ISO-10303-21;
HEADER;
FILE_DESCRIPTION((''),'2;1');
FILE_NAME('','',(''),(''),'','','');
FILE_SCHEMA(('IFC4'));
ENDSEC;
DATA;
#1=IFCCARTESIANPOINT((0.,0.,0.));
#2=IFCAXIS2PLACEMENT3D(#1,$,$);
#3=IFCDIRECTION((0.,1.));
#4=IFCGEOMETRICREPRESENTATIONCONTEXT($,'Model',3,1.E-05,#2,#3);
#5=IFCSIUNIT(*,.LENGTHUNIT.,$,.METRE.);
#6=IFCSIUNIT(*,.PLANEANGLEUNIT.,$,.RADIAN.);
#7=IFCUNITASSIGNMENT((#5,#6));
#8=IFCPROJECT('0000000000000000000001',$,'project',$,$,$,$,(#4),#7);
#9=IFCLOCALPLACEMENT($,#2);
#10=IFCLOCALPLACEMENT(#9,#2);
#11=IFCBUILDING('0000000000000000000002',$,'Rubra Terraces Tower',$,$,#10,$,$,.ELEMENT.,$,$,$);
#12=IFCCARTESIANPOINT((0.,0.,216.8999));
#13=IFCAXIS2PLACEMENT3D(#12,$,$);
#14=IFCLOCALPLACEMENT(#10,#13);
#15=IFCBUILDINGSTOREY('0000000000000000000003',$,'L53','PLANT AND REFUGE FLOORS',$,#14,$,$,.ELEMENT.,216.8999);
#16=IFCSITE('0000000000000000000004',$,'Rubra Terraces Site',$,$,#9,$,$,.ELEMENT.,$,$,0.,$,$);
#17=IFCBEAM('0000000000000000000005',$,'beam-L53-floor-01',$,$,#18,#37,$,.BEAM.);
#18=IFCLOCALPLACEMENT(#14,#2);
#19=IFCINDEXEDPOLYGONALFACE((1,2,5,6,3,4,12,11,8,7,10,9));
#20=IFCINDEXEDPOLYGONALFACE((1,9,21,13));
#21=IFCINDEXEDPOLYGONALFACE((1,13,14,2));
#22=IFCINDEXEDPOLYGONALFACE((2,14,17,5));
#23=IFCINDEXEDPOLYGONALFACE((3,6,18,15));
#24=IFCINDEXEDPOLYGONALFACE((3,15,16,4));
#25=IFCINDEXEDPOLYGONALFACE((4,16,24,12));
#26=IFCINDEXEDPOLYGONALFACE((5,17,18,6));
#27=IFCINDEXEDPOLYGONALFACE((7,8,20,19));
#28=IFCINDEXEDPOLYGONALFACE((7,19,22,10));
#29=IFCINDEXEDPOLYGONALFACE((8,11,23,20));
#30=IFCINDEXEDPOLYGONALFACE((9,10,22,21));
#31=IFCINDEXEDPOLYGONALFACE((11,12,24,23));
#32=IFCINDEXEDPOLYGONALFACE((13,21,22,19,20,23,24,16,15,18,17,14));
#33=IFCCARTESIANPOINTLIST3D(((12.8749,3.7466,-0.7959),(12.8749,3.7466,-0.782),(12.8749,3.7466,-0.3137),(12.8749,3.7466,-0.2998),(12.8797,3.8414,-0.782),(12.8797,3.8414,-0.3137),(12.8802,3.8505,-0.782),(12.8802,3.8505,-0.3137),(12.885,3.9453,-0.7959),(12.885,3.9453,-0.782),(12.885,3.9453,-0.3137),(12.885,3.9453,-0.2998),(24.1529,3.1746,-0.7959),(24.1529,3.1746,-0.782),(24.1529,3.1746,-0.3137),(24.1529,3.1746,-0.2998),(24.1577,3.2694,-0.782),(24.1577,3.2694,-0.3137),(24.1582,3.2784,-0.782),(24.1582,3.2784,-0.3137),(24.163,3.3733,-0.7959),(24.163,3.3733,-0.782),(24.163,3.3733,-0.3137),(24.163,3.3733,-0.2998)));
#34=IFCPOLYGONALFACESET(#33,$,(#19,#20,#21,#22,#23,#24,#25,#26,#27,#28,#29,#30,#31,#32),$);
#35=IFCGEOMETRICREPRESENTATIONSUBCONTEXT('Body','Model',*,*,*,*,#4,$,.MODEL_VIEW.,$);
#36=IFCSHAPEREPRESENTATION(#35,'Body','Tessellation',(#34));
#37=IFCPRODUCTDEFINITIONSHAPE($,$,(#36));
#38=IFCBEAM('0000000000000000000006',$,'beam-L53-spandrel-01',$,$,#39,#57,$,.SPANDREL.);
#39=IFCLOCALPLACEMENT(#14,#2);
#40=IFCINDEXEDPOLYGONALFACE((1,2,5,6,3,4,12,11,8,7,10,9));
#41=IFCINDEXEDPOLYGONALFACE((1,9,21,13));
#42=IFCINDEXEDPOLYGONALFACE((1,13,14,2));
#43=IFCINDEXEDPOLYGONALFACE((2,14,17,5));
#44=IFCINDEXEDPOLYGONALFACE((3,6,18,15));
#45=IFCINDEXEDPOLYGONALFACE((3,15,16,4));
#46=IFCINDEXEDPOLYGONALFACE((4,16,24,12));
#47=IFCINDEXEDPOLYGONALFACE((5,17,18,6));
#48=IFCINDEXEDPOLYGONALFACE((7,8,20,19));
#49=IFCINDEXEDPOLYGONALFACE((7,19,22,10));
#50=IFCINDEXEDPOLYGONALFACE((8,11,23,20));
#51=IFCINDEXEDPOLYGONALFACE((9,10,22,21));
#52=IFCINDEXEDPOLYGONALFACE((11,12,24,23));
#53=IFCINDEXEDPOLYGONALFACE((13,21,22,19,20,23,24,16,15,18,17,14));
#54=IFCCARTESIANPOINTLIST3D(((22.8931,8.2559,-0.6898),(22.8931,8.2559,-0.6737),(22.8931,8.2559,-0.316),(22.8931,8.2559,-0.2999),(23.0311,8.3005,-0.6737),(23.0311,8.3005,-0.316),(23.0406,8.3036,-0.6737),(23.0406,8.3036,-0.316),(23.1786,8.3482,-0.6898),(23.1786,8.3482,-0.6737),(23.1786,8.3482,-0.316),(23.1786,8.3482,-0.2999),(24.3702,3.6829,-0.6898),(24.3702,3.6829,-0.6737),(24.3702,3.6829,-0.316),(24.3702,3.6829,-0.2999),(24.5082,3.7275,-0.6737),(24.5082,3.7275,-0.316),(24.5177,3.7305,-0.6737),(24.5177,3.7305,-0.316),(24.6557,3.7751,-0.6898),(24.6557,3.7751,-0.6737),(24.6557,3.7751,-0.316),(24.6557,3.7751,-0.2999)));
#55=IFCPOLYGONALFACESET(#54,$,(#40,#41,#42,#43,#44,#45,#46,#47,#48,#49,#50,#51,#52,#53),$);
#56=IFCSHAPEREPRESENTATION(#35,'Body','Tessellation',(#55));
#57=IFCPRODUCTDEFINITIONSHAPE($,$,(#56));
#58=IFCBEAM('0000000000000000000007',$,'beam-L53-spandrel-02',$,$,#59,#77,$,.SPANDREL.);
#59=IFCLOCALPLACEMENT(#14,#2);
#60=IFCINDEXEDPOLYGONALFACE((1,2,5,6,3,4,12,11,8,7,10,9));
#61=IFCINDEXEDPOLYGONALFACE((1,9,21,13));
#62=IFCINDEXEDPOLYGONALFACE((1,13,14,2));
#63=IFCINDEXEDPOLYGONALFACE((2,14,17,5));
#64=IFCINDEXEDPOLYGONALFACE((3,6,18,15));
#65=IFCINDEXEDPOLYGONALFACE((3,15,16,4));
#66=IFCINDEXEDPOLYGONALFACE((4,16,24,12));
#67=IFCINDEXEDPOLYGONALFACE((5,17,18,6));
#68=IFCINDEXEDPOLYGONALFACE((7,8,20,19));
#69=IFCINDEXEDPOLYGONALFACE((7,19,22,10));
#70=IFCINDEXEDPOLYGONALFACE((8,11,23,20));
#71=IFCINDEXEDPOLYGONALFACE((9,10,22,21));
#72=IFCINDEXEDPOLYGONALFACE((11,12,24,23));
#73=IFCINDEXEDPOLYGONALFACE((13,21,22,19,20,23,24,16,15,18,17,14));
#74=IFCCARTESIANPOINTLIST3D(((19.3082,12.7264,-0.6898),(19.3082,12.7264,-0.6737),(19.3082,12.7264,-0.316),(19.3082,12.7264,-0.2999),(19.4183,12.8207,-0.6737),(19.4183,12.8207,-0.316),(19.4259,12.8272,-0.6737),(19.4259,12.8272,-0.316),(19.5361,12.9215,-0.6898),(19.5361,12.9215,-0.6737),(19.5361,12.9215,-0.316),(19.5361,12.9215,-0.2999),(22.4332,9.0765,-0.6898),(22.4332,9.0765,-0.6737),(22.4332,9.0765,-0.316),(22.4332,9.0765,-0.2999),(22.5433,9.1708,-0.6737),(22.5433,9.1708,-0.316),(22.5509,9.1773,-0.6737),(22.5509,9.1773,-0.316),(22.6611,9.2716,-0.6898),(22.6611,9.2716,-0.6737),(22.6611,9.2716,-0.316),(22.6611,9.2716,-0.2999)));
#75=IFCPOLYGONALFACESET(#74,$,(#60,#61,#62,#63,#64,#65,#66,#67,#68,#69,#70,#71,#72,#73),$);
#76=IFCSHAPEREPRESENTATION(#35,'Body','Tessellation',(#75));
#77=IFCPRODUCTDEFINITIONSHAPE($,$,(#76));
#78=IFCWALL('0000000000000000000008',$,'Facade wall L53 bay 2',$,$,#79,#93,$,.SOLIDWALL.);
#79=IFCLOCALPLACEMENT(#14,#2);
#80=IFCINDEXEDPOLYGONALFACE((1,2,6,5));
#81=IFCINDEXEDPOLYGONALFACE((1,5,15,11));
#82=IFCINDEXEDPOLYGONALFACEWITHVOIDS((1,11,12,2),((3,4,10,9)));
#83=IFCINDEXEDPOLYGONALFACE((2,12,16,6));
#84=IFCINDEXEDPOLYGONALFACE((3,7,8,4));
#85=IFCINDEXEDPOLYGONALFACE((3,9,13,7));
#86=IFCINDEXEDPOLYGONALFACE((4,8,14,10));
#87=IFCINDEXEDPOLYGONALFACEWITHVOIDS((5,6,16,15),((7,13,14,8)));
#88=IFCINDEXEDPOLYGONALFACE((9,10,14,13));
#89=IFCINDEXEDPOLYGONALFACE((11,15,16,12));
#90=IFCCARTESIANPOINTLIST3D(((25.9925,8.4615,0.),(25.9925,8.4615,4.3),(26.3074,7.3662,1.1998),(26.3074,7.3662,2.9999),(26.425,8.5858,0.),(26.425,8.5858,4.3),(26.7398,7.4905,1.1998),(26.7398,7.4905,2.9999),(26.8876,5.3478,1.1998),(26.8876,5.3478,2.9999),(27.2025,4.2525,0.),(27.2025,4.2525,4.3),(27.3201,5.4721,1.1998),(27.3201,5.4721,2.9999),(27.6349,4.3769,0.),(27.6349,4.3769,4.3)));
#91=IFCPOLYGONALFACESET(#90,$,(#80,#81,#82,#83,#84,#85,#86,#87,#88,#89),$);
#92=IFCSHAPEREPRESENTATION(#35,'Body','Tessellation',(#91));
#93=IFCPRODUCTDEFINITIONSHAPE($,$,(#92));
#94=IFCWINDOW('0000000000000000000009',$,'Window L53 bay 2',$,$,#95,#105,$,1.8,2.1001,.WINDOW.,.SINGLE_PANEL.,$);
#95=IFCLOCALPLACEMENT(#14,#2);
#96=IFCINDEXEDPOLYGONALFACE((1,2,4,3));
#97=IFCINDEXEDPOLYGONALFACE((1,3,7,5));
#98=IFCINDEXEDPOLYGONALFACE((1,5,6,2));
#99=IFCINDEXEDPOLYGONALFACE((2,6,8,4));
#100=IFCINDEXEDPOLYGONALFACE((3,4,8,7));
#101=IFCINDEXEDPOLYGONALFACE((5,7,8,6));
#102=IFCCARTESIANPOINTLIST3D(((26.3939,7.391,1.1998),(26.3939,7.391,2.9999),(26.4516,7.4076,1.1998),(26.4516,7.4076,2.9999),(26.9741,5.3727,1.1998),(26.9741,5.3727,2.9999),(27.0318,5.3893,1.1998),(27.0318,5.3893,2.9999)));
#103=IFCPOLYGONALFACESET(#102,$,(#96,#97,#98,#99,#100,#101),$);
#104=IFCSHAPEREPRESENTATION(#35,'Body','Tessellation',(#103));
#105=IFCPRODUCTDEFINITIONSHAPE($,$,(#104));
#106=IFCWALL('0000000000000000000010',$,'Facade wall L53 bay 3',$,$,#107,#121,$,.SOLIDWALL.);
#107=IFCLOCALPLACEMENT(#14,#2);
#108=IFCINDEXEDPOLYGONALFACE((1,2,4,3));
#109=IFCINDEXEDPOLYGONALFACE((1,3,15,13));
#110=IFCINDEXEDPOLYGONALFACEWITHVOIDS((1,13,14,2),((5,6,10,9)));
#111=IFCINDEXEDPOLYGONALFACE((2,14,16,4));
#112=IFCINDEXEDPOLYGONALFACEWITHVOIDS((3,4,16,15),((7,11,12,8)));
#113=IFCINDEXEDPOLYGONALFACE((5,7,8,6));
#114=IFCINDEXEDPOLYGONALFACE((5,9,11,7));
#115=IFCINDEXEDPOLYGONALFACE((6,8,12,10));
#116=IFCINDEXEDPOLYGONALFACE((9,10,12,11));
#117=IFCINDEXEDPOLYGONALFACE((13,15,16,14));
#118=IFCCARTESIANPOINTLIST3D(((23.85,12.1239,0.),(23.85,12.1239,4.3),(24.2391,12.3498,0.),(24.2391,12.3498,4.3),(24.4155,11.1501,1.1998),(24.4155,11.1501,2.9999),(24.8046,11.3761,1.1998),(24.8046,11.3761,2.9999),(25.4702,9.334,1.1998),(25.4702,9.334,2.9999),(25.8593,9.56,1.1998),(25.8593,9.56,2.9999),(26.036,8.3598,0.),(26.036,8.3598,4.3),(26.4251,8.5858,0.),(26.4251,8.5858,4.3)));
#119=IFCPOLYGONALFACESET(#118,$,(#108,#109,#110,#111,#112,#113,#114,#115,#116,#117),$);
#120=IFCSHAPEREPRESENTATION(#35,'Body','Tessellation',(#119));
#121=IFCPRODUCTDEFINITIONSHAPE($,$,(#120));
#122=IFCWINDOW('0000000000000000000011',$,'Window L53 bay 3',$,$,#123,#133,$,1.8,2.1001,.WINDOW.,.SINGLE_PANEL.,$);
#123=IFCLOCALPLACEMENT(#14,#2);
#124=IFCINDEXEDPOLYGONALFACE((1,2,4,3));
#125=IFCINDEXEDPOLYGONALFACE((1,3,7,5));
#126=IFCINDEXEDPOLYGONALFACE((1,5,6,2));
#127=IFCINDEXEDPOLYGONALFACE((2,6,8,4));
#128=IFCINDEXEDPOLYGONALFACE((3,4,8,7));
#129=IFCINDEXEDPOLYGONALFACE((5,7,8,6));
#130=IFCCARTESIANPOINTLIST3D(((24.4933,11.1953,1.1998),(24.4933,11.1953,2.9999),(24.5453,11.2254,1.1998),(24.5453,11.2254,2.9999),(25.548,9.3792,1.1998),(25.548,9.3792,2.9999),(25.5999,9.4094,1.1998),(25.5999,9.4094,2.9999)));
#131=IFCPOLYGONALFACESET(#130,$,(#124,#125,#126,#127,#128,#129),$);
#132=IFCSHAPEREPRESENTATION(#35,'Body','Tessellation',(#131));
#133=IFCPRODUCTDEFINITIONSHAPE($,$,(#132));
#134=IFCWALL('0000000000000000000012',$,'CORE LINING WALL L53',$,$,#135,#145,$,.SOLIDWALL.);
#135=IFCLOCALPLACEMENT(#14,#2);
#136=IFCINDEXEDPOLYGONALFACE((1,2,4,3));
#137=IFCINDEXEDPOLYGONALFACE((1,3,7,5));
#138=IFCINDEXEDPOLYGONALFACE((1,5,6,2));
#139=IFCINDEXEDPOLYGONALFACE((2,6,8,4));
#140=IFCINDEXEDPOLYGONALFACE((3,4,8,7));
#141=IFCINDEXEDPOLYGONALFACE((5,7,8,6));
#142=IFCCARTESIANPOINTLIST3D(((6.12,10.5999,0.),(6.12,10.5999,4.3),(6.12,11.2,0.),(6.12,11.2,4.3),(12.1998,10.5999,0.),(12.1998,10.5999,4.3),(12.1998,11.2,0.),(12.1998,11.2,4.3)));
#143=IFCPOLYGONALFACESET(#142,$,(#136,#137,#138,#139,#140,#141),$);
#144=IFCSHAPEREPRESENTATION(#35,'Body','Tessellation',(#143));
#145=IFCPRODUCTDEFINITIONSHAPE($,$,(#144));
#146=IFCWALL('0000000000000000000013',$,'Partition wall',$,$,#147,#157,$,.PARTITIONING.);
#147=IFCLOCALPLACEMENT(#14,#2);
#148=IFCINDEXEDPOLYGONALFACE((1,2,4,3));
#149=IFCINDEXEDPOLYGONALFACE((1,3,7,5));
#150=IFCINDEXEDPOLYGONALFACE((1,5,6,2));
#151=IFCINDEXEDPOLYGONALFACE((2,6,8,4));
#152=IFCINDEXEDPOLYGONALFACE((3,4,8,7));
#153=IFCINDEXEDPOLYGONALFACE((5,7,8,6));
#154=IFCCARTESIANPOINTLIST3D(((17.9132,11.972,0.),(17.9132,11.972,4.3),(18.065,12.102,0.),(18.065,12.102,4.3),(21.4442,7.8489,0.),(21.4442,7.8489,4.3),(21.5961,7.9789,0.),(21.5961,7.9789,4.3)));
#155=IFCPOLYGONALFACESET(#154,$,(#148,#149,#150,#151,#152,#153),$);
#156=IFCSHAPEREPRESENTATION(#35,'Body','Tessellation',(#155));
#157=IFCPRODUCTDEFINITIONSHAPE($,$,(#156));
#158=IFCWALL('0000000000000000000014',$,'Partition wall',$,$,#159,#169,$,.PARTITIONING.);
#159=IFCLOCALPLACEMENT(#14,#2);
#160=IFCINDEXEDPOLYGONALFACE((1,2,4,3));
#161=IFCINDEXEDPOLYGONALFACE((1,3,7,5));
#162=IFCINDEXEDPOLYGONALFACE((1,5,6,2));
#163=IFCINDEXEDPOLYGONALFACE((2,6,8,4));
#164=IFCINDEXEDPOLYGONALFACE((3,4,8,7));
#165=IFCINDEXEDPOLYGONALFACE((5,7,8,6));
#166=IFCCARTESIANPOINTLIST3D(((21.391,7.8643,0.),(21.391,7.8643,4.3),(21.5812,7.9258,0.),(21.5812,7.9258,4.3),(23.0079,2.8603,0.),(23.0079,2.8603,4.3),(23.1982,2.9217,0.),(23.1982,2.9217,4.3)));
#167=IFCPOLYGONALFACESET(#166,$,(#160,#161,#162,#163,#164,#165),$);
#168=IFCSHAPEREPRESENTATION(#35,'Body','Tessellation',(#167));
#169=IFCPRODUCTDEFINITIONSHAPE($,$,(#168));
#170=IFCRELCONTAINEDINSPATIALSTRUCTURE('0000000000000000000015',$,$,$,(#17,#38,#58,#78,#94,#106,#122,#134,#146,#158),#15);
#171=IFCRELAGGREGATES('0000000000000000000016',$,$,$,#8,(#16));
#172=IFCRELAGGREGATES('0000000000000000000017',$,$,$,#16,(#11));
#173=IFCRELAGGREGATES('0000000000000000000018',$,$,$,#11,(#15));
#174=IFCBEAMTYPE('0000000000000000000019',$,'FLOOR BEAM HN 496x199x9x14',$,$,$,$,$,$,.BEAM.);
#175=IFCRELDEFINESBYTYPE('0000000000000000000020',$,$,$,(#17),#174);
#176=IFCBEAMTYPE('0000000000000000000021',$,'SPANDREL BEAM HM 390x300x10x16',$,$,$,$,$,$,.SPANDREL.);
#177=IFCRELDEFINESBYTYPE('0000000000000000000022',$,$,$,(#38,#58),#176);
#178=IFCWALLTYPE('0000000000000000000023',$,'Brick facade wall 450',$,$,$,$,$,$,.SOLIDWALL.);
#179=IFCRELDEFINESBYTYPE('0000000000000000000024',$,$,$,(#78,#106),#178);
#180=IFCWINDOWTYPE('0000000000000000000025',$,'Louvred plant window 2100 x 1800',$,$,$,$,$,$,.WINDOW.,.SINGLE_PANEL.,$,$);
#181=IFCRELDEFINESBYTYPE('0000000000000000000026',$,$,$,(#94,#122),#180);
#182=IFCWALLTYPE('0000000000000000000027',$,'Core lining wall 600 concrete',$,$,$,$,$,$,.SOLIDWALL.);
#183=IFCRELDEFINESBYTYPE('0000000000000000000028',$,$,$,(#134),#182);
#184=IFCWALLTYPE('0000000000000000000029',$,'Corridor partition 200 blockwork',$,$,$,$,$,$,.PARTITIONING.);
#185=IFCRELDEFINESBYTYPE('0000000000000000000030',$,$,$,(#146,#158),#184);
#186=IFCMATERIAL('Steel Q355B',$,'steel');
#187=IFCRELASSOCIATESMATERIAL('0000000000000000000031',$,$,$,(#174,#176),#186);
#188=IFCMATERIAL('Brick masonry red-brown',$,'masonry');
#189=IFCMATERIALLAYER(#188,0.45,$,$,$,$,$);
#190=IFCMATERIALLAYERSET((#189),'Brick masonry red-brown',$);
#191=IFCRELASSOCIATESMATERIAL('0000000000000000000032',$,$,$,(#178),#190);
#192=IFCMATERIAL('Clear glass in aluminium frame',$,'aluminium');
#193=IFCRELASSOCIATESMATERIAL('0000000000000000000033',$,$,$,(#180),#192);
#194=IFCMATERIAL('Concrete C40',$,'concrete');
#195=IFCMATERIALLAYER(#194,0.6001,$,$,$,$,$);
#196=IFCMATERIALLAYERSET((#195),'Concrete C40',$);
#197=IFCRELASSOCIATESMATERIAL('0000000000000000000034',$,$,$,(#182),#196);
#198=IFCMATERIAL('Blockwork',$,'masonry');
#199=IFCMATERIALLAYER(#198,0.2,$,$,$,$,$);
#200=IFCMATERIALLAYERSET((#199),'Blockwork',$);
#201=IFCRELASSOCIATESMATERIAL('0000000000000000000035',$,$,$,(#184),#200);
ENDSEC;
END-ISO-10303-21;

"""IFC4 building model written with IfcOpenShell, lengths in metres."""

from ifc_helpers import new_model, si_unit, direction, frame, frame_2d, origin, origin_2d, place, context, subcontext, project, spatial, rectangle, i_section, extrude, material, layer, layer_set, material_profile, profile_set, type_object, element, fill, save


model = new_model("IFC4")

# Units and contexts
model_context = context("Model", 3, precision=1e-05, world=origin(), true_north=direction((0.0, 1.0)))
body_context = subcontext(model_context, "Body", "Model", "MODEL_VIEW")
ifc_project = project(units=[si_unit("LENGTHUNIT", "METRE"), si_unit("PLANEANGLEUNIT", "RADIAN")], contexts=[model_context])

# Site, building, storey
site_placement = place(None, origin())
site = spatial("IfcSite", under=ifc_project, at=site_placement, Name="Rubra Terraces Site", CompositionType="ELEMENT", RefElevation=0.0)
building_placement = place(site_placement, origin())
building = spatial("IfcBuilding", under=site, at=building_placement, Name="Rubra Terraces Tower", CompositionType="ELEMENT")
storey_placement = place(building_placement, frame((0.0, 0.0, 216.8999)))
storey = spatial("IfcBuildingStorey", under=building, at=storey_placement, Name="L53", Description="PLANT AND REFUGE FLOORS", CompositionType="ELEMENT", Elevation=216.8999)

# Shared definitions
ifc_material_1 = material(Name="Steel Q355B", Category="steel")

# Beams
ifc_material_profile_1 = material_profile(ifc_material_1, i_section(OverallWidth=0.199, OverallDepth=0.4961, WebThickness=0.009, FlangeThickness=0.0139, at=origin_2d()), Name="HN 496x199x9x14")
ifc_profile_set_1 = profile_set([ifc_material_profile_1], Name="Steel Q355B")
beam_type_1 = type_object("IfcBeamType", Name="FLOOR BEAM HN 496x199x9x14", PredefinedType="BEAM", material=ifc_profile_set_1)
beam_1_placement = place(storey_placement, frame((24.158, 3.2739, -0.5479), z_axis=(-0.998716, 0.050655, 0.0), x_axis=(-0.050655, -0.998716, 0.0)))
element("IfcBeam", 1, at=beam_1_placement, inside=storey, type_object=beam_type_1, Name="beam-L53-floor-01", PredefinedType="BEAM", context=body_context, shape_type="SweptSolid", body=[
    extrude(i_section(OverallWidth=0.199, OverallDepth=0.4961, WebThickness=0.009, FlangeThickness=0.0139, at=origin_2d()), origin(), (0.0, 0.0, 1.0), 11.2925),
])
ifc_material_profile_2 = material_profile(ifc_material_1, i_section(OverallWidth=0.3, OverallDepth=0.3899, WebThickness=0.01, FlangeThickness=0.0161, at=origin_2d()), Name="HM 390x300x10x16")
ifc_profile_set_2 = profile_set([ifc_material_profile_2], Name="Steel Q355B")
beam_type_2 = type_object("IfcBeamType", Name="SPANDREL BEAM HM 390x300x10x16", PredefinedType="SPANDREL", material=ifc_profile_set_2)
beam_2_placement = place(storey_placement, frame((24.5129, 3.729, -0.4949), z_axis=(-0.307359, 0.951594, 0.0), x_axis=(-0.951594, -0.307359, 0.0)))
element("IfcBeam", 2, at=beam_2_placement, inside=storey, type_object=beam_type_2, Name="beam-L53-spandrel-01", PredefinedType="SPANDREL", context=body_context, shape_type="SweptSolid", body=[
    extrude(i_section(OverallWidth=0.3, OverallDepth=0.3899, WebThickness=0.01, FlangeThickness=0.0161, at=origin_2d()), origin(), (0.0, 0.0, 1.0), 4.8057),
])
beam_3_placement = place(storey_placement, frame((22.5471, 9.1741, -0.4949), z_axis=(-0.650373, 0.759615, 0.0), x_axis=(-0.759615, -0.650373, 0.0)))
element("IfcBeam", 3, at=beam_3_placement, inside=storey, type_object=beam_type_2, Name="beam-L53-spandrel-02", PredefinedType="SPANDREL", context=body_context, shape_type="SweptSolid", body=[
    extrude(i_section(OverallWidth=0.3, OverallDepth=0.3899, WebThickness=0.01, FlangeThickness=0.0161, at=origin_2d()), origin(), (0.0, 0.0, 1.0), 4.8049),
])

# Walls, openings, windows
ifc_material_2 = material(Name="Brick masonry red-brown", Category="masonry")
ifc_layer_1 = layer(ifc_material_2, 0.45)
ifc_layer_set_1 = layer_set([ifc_layer_1], Name="Brick masonry red-brown")
wall_type_1 = type_object("IfcWallType", Name="Brick facade wall 450", PredefinedType="SOLIDWALL", material=ifc_layer_set_1)
wall_1_placement = place(storey_placement, frame((27.4187, 4.3147, 0.0), z_axis=(0.0, 0.0, 1.0), x_axis=(-0.276282, 0.961077, 0.0)))
wall_1 = element("IfcWall", 4, at=wall_1_placement, inside=storey, type_object=wall_type_1, Name="Facade wall L53 bay 2", PredefinedType="SOLIDWALL", context=body_context, shape_type="SweptSolid", body=[
    extrude(rectangle(XDim=4.3794, YDim=0.45, at=frame_2d((2.1897, 0.0))), origin(), (0.0, 0.0, 1.0), 4.3),
])
opening_1_placement = place(wall_1_placement, frame((1.1396, 0.0, 1.2)))
opening_1 = element("IfcOpeningElement", 5, at=opening_1_placement, cuts=wall_1, PredefinedType="OPENING", context=body_context, shape_type="SweptSolid", body=[
    extrude(rectangle(XDim=2.1001, YDim=1.8, at=frame_2d((1.05, 0.8999))), frame((0.0, 0.2349, 0.0), z_axis=(0.0, -1.0, 0.0), x_axis=(1.0, 0.0, 0.0)), (0.0, 0.0, 1.0), 0.47),
])
ifc_material_3 = material(Name="Clear glass in aluminium frame", Category="aluminium")
window_type = type_object("IfcWindowType", Name="Louvred plant window 2100 x 1800", PartitioningType="SINGLE_PANEL", PredefinedType="WINDOW", material=ifc_material_3)
window_1_placement = place(opening_1_placement, origin())
window_1 = element("IfcWindow", 6, at=window_1_placement, inside=storey, type_object=window_type, Name="Window L53 bay 2", OverallHeight=1.8, OverallWidth=2.1001, PartitioningType="SINGLE_PANEL", PredefinedType="WINDOW", context=body_context, shape_type="SweptSolid", body=[
    extrude(rectangle(XDim=2.1001, YDim=1.8, at=frame_2d((1.05, 0.8999))), frame((0.0, 0.135, 0.0), z_axis=(0.0, -1.0, 0.0), x_axis=(1.0, 0.0, 0.0)), (0.0, 0.0, 1.0), 0.0601),
])
fill(opening_1, window_1)
wall_2_placement = place(storey_placement, frame((26.2305, 8.4729, 0.0), z_axis=(0.0, 0.0, 1.0), x_axis=(-0.502203, 0.86475, 0.0)))
wall_2 = element("IfcWall", 7, at=wall_2_placement, inside=storey, type_object=wall_type_1, Name="Facade wall L53 bay 3", PredefinedType="SOLIDWALL", context=body_context, shape_type="SweptSolid", body=[
    extrude(rectangle(XDim=4.3528, YDim=0.45, at=frame_2d((2.1763, 0.0))), origin(), (0.0, 0.0, 1.0), 4.3),
])
opening_2_placement = place(wall_2_placement, frame((1.1265, 0.0, 1.2)))
opening_2 = element("IfcOpeningElement", 8, at=opening_2_placement, cuts=wall_2, PredefinedType="OPENING", context=body_context, shape_type="SweptSolid", body=[
    extrude(rectangle(XDim=2.1001, YDim=1.8, at=frame_2d((1.05, 0.8999))), frame((0.0, 0.2349, 0.0), z_axis=(0.0, -1.0, 0.0), x_axis=(1.0, 0.0, 0.0)), (0.0, 0.0, 1.0), 0.47),
])
window_2_placement = place(opening_2_placement, origin())
window_2 = element("IfcWindow", 9, at=window_2_placement, inside=storey, type_object=window_type, Name="Window L53 bay 3", OverallHeight=1.8, OverallWidth=2.1001, PartitioningType="SINGLE_PANEL", PredefinedType="WINDOW", context=body_context, shape_type="SweptSolid", body=[
    extrude(rectangle(XDim=2.1001, YDim=1.8, at=frame_2d((1.05, 0.8999))), frame((0.0, 0.135, 0.0), z_axis=(0.0, -1.0, 0.0), x_axis=(1.0, 0.0, 0.0)), (0.0, 0.0, 1.0), 0.0601),
])
fill(opening_2, window_2)

# Walls
ifc_material_4 = material(Name="Concrete C40", Category="concrete")
ifc_layer_2 = layer(ifc_material_4, 0.6001)
ifc_layer_set_2 = layer_set([ifc_layer_2], Name="Concrete C40")
wall_type_2 = type_object("IfcWallType", Name="Core lining wall 600 concrete", PredefinedType="SOLIDWALL", material=ifc_layer_set_2)
wall_3_placement = place(storey_placement, frame((12.2, 10.8999, 0.0), z_axis=(0.0, 0.0, 1.0), x_axis=(-1.0, 0.0, 0.0)))
element("IfcWall", 10, at=wall_3_placement, inside=storey, type_object=wall_type_2, Name="CORE LINING WALL L53", PredefinedType="SOLIDWALL", context=body_context, shape_type="SweptSolid", body=[
    extrude(rectangle(XDim=6.0798, YDim=0.6001, at=frame_2d((3.04, 0.0))), origin(), (0.0, 0.0, 1.0), 4.3),
])
ifc_material_5 = material(Name="Blockwork", Category="masonry")
ifc_layer_3 = layer(ifc_material_5, 0.2)
ifc_layer_set_3 = layer_set([ifc_layer_3], Name="Blockwork")
wall_type_3 = type_object("IfcWallType", Name="Corridor partition 200 blockwork", PredefinedType="PARTITIONING", material=ifc_layer_set_3)
wall_4_placement = place(storey_placement, frame((17.989, 12.0371, 0.0), z_axis=(0.0, 0.0, 1.0), x_axis=(0.650469, -0.759533, 0.0)))
element("IfcWall", 11, at=wall_4_placement, inside=storey, type_object=wall_type_3, Name="Partition wall", PredefinedType="PARTITIONING", context=body_context, shape_type="SweptSolid", body=[
    extrude(rectangle(XDim=5.4285, YDim=0.2, at=frame_2d((2.7144, 0.0))), origin(), (0.0, 0.0, 1.0), 4.3),
])
wall_5_placement = place(storey_placement, frame((21.4861, 7.895, 0.0), z_axis=(0.0, 0.0, 1.0), x_axis=(0.307482, -0.951554, 0.0)))
element("IfcWall", 12, at=wall_5_placement, inside=storey, type_object=wall_type_3, Name="Partition wall", PredefinedType="PARTITIONING", context=body_context, shape_type="SweptSolid", body=[
    extrude(rectangle(XDim=5.2588, YDim=0.2, at=frame_2d((2.6294, 0.0))), origin(), (0.0, 0.0, 1.0), 4.3),
])

save(model, "model.ifc")
